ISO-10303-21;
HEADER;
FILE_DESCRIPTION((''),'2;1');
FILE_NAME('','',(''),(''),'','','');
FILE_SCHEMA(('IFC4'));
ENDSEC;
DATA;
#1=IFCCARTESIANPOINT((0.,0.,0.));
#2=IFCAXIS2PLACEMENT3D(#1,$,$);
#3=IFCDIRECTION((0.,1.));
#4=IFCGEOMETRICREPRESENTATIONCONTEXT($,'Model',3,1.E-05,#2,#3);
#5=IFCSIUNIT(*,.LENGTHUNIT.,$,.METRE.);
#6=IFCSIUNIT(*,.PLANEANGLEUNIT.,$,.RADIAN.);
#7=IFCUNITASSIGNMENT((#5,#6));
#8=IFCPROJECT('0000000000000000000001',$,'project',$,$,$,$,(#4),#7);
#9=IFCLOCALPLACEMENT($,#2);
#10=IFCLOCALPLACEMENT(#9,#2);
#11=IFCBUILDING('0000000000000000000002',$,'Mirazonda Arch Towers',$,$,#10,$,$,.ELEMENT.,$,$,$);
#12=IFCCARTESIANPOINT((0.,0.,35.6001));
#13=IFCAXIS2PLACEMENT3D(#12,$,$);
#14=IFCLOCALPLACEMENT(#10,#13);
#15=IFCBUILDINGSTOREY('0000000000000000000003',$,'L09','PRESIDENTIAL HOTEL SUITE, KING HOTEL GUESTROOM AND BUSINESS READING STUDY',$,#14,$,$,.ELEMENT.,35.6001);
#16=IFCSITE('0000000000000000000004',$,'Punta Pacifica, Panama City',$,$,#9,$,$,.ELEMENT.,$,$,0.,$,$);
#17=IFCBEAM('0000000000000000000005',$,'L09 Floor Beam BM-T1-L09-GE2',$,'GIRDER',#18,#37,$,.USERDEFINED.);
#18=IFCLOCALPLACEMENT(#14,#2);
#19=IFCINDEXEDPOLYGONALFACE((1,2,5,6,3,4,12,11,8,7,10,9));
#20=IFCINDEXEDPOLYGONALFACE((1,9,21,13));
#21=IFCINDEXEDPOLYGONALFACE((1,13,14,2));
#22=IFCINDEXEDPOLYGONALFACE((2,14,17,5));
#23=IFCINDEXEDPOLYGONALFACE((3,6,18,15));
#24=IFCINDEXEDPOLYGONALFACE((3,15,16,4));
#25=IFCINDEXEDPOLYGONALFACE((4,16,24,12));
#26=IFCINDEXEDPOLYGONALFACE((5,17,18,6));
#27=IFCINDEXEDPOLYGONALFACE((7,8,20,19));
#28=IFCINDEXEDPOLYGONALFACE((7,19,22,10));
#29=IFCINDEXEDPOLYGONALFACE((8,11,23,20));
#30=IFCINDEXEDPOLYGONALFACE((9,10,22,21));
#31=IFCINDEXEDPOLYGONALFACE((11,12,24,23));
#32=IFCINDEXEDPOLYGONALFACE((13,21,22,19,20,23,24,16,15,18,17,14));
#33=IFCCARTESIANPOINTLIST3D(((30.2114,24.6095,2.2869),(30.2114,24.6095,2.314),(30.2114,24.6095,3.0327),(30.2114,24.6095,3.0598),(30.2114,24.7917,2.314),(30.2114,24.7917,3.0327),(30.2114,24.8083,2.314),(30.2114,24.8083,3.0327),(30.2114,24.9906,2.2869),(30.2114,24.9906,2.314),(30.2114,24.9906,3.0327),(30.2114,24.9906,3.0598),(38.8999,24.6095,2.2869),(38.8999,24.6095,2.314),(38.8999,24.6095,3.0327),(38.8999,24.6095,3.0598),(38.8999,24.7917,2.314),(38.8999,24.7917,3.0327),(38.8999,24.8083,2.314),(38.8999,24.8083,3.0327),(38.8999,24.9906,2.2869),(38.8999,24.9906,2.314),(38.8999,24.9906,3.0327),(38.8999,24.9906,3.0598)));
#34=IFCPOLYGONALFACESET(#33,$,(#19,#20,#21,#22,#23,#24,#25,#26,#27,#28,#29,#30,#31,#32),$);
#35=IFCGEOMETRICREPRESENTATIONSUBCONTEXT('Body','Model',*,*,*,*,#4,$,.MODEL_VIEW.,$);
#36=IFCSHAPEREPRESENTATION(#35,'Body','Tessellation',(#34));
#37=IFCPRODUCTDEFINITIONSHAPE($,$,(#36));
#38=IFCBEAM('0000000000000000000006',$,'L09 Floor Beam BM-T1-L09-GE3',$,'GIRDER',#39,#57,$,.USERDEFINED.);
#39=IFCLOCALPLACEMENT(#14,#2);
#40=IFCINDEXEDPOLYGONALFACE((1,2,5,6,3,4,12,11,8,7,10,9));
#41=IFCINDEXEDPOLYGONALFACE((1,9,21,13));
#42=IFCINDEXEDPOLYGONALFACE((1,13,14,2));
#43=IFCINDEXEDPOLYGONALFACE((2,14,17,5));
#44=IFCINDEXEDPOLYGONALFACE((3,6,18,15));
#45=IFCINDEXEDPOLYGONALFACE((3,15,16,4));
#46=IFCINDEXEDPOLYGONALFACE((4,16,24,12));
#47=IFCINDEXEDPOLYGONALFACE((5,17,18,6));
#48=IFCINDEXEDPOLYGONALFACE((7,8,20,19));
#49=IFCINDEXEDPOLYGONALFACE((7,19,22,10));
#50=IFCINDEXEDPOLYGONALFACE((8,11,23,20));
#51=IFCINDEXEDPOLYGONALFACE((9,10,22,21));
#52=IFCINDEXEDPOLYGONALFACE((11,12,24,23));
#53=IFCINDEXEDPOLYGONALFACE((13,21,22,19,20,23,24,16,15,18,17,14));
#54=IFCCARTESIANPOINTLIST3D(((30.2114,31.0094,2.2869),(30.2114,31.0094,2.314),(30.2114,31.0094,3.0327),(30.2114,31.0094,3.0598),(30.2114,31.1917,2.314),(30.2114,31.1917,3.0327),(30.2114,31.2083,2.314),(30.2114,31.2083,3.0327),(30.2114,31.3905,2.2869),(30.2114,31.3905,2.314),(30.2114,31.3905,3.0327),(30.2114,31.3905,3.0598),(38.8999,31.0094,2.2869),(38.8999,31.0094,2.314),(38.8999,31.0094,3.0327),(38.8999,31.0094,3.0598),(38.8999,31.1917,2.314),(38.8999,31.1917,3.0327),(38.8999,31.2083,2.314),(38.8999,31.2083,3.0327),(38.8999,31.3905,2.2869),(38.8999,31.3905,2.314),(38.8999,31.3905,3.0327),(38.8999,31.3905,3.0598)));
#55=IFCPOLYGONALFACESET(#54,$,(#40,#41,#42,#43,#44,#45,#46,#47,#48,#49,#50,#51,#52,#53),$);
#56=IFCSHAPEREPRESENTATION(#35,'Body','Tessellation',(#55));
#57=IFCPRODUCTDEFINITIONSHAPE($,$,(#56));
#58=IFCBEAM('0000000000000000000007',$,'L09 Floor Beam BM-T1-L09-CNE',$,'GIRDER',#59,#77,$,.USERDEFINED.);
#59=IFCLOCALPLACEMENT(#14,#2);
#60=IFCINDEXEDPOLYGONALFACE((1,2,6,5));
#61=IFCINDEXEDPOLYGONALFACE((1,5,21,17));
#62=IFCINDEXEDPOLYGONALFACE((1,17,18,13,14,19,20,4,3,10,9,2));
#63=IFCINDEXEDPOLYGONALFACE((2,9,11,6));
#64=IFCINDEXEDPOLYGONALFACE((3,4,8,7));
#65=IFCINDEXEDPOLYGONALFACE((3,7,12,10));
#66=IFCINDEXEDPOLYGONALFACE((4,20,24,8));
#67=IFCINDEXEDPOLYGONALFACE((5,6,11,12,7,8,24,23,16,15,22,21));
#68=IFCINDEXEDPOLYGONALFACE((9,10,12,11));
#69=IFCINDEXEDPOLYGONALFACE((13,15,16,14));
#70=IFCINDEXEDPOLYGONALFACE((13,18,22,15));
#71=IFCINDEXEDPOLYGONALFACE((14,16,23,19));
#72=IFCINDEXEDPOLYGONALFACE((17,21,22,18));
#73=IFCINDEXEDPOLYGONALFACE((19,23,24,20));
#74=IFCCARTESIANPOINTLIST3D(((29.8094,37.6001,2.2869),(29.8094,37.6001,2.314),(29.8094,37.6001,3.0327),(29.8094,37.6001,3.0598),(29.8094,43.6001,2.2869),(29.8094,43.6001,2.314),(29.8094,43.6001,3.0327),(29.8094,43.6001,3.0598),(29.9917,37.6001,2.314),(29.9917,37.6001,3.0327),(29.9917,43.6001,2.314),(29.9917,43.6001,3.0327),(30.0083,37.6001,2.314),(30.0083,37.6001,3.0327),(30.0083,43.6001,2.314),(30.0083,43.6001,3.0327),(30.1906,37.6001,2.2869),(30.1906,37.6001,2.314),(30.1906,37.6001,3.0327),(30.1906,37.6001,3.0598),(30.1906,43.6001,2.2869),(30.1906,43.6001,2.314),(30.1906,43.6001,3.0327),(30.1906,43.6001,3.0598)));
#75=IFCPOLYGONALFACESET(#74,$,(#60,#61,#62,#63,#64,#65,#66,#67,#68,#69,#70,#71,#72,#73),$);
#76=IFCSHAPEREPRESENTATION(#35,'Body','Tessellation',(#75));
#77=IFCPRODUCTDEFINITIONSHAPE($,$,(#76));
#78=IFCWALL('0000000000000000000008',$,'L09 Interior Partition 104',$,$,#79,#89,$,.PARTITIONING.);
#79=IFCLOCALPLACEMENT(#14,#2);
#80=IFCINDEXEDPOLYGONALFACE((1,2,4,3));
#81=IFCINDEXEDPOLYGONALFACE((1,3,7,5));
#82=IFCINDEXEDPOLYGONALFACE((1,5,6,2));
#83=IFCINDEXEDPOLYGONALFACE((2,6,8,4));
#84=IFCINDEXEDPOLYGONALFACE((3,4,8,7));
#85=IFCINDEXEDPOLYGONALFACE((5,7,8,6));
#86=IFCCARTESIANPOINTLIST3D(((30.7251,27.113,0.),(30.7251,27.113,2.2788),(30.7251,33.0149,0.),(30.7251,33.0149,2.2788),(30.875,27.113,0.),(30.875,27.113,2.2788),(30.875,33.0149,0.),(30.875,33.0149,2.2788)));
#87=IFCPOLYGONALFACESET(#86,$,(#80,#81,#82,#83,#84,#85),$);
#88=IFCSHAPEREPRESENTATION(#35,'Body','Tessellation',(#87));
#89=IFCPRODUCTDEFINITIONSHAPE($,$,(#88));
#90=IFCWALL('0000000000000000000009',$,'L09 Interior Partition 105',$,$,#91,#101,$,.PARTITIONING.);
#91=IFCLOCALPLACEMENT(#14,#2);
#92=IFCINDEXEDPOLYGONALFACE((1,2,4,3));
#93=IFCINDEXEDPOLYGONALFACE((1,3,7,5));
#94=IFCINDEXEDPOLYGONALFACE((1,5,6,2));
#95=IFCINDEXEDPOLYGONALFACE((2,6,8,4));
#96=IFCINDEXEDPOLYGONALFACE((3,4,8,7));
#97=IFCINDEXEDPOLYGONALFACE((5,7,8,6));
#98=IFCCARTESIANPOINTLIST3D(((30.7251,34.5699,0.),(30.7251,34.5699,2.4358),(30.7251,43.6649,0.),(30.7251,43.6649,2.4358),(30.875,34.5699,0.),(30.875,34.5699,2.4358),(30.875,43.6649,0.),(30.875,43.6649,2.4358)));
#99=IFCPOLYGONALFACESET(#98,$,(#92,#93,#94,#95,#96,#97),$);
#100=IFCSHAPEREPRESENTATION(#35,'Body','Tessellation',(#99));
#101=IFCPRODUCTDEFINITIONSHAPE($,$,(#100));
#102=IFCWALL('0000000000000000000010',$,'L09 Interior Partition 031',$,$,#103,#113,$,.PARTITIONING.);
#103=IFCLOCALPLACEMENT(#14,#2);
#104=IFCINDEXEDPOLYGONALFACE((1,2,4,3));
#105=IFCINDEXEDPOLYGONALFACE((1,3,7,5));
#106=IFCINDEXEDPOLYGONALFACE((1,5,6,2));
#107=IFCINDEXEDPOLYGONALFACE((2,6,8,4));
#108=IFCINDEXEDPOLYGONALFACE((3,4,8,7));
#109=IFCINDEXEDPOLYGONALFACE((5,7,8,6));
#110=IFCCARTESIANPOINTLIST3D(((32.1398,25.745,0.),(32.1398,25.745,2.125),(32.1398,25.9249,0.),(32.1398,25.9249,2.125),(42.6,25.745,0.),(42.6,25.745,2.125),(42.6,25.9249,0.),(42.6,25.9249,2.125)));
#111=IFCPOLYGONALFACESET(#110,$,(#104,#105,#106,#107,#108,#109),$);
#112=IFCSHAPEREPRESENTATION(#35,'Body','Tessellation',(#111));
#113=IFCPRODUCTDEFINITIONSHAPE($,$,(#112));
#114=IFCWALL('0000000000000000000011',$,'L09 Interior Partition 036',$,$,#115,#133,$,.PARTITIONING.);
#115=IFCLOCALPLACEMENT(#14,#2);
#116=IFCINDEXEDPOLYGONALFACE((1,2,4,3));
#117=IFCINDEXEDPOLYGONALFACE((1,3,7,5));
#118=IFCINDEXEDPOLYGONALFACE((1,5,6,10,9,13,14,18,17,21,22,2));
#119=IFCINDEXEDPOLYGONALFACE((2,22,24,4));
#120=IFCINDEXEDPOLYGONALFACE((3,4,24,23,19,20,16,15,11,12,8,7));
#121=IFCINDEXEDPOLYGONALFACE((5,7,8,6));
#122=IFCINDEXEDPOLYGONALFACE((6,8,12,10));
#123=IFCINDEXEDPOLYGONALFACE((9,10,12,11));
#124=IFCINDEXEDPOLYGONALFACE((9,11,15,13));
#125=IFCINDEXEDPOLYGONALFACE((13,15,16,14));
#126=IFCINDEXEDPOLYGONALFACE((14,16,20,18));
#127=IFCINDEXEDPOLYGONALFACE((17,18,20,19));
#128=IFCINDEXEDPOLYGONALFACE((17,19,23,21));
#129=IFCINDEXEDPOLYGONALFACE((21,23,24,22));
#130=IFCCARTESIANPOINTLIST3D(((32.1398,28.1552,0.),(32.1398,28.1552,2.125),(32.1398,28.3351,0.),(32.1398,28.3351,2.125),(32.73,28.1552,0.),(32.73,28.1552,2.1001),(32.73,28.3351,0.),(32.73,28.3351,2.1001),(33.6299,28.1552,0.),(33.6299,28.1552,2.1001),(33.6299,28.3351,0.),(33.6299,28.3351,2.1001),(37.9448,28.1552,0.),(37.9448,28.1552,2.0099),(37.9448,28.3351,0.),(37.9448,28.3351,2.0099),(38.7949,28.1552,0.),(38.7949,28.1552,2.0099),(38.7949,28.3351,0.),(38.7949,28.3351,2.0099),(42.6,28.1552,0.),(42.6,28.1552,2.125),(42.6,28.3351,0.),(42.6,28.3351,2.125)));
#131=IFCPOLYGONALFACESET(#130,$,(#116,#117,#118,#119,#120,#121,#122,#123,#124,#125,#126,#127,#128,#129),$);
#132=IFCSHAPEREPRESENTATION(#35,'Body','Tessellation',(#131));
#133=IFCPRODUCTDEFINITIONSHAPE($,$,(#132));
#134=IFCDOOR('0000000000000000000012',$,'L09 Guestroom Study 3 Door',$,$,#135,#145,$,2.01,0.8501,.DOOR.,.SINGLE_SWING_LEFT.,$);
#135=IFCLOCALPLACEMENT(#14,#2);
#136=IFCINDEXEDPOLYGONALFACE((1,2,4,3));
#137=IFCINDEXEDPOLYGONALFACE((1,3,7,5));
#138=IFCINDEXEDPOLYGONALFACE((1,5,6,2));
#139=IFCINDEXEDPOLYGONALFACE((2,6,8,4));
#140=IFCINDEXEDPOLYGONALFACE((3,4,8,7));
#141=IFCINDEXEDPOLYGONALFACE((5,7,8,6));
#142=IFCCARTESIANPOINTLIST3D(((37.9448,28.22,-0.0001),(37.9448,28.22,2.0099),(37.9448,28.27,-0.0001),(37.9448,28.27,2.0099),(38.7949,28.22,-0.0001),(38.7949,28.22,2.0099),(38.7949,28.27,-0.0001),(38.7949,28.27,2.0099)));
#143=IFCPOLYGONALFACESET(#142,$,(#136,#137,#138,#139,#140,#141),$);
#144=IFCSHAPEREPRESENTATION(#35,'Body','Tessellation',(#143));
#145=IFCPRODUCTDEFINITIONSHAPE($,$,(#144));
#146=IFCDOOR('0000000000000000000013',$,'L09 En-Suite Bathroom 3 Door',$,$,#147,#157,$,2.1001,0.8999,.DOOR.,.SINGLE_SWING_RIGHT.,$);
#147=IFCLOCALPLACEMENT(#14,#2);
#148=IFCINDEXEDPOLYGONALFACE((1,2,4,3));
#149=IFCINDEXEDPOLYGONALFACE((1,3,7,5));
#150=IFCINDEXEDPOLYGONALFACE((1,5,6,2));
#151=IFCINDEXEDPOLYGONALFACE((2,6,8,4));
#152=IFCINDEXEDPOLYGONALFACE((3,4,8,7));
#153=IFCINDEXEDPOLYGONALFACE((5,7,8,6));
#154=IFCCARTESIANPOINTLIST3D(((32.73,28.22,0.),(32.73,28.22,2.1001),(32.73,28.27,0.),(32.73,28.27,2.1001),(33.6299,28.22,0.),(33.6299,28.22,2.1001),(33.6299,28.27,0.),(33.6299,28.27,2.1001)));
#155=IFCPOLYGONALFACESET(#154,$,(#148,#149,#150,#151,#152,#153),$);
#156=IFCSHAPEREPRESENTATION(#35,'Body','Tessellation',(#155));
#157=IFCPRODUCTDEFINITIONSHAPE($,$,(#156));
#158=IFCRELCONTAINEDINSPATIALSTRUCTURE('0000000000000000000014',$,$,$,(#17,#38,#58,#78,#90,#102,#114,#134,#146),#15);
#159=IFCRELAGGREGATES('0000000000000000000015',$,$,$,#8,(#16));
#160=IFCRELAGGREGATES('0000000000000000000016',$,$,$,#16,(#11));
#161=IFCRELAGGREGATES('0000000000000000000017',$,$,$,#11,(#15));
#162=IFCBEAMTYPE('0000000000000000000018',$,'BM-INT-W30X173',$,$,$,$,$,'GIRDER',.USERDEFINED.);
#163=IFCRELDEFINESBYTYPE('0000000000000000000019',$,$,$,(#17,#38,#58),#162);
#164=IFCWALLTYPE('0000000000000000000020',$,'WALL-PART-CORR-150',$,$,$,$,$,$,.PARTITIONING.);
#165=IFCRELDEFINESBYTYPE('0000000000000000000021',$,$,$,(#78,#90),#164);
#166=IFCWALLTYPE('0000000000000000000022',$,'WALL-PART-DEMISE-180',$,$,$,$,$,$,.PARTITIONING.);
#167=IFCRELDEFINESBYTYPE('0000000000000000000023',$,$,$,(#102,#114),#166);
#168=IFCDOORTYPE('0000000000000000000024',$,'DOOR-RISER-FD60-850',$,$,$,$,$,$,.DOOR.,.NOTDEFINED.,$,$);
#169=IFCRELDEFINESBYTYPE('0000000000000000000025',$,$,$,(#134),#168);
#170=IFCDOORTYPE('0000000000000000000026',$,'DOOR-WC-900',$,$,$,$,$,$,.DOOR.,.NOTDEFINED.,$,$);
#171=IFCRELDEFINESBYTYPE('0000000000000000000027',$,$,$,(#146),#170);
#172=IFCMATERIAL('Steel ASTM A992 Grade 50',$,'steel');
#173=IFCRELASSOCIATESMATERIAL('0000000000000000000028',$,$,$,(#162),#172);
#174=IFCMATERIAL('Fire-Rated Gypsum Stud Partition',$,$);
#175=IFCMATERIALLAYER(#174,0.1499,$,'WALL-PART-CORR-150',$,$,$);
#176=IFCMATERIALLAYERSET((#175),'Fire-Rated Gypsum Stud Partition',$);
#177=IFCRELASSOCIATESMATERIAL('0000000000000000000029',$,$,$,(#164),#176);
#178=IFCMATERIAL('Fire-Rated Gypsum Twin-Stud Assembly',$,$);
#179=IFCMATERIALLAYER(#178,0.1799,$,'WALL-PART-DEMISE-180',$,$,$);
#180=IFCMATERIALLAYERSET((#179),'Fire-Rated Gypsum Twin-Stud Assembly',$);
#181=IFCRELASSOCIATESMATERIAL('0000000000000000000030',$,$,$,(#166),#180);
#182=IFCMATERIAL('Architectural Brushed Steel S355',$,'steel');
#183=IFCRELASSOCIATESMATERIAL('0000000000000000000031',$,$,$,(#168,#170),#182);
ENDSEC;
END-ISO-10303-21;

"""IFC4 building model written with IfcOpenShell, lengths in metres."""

from ifc_helpers import new_model, si_unit, direction, frame, frame_2d, origin, origin_2d, place, context, subcontext, project, spatial, rectangle, i_section, extrude, material, layer, layer_set, material_profile, profile_set, type_object, element, fill, save


model = new_model("IFC4")

# Units and contexts
model_context = context("Model", 3, precision=1e-05, world=origin(), true_north=direction((0.0, 1.0)))
body_context = subcontext(model_context, "Body", "Model", "MODEL_VIEW")
ifc_project = project(units=[si_unit("LENGTHUNIT", "METRE"), si_unit("PLANEANGLEUNIT", "RADIAN")], contexts=[model_context])

# Site, building, storey
site_placement = place(None, origin())
site = spatial("IfcSite", under=ifc_project, at=site_placement, Name="Punta Pacifica, Panama City", CompositionType="ELEMENT", RefElevation=0.0)
building_placement = place(site_placement, origin())
building = spatial("IfcBuilding", under=site, at=building_placement, Name="Mirazonda Arch Towers", CompositionType="ELEMENT")
storey_placement = place(building_placement, frame((0.0, 0.0, 35.6001)))
storey = spatial("IfcBuildingStorey", under=building, at=storey_placement, Name="L09", Description="PRESIDENTIAL HOTEL SUITE, KING HOTEL GUESTROOM AND BUSINESS READING STUDY", CompositionType="ELEMENT", Elevation=35.6001)

# Beams
ifc_material_1 = material(Name="Steel ASTM A992 Grade 50", Category="steel")
ifc_material_profile = material_profile(ifc_material_1, i_section(OverallWidth=0.3811, OverallDepth=0.7729, WebThickness=0.0166, FlangeThickness=0.0271, at=origin_2d()), Name="W30X173")
ifc_profile_set = profile_set([ifc_material_profile], Name="Steel ASTM A992 Grade 50")
beam_type = type_object("IfcBeamType", Name="BM-INT-W30X173", ElementType="GIRDER", PredefinedType="USERDEFINED", material=ifc_profile_set)
for number, where, z_axis, x_axis, name in (
    (1, (30.2114, 24.8, 2.6733), (1.0, 0.0, 0.0), (0.0, 1.0, 0.0), "L09 Floor Beam BM-T1-L09-GE2"),
    (2, (30.2114, 31.2, 2.6733), (1.0, 0.0, 0.0), (0.0, 1.0, 0.0), "L09 Floor Beam BM-T1-L09-GE3"),
):
    element("IfcBeam", number, at=place(storey_placement, frame(where, z_axis=z_axis, x_axis=x_axis)), inside=storey, type_object=beam_type, Name=name, ObjectType="GIRDER", PredefinedType="USERDEFINED", context=body_context, shape_type="SweptSolid", body=[
        extrude(i_section(OverallWidth=0.3811, OverallDepth=0.7729, WebThickness=0.0166, FlangeThickness=0.0271, at=origin_2d()), origin(), (0.0, 0.0, 1.0), 8.6885),
    ])
beam_placement = place(storey_placement, frame((30.0, 37.6001, 2.6733), z_axis=(0.0, 1.0, 0.0), x_axis=(-1.0, 0.0, 0.0)))
element("IfcBeam", 3, at=beam_placement, inside=storey, type_object=beam_type, Name="L09 Floor Beam BM-T1-L09-CNE", ObjectType="GIRDER", PredefinedType="USERDEFINED", context=body_context, shape_type="SweptSolid", body=[
    extrude(i_section(OverallWidth=0.3811, OverallDepth=0.7729, WebThickness=0.0166, FlangeThickness=0.0271, at=origin_2d()), origin(), (0.0, 0.0, 1.0), 6.0),
])

# Walls
ifc_material_2 = material(Name="Fire-Rated Gypsum Stud Partition")
ifc_layer_1 = layer(ifc_material_2, 0.1499, Name="WALL-PART-CORR-150")
ifc_layer_set_1 = layer_set([ifc_layer_1], Name="Fire-Rated Gypsum Stud Partition")
wall_type_1 = type_object("IfcWallType", Name="WALL-PART-CORR-150", PredefinedType="PARTITIONING", material=ifc_layer_set_1)
wall_1_placement = place(storey_placement, frame((30.8, 27.113, 0.0), z_axis=(0.0, 0.0, 1.0), x_axis=(0.0, 1.0, 0.0)))
element("IfcWall", 4, at=wall_1_placement, inside=storey, type_object=wall_type_1, Name="L09 Interior Partition 104", PredefinedType="PARTITIONING", context=body_context, shape_type="SweptSolid", body=[
    extrude(rectangle(XDim=5.9019, YDim=0.1499, at=frame_2d((2.9509, 0.0))), origin(), (0.0, 0.0, 1.0), 2.2788),
])
wall_2_placement = place(storey_placement, frame((30.8, 34.5701, 0.0), z_axis=(0.0, 0.0, 1.0), x_axis=(0.0, 1.0, 0.0)))
element("IfcWall", 5, at=wall_2_placement, inside=storey, type_object=wall_type_1, Name="L09 Interior Partition 105", PredefinedType="PARTITIONING", context=body_context, shape_type="SweptSolid", body=[
    extrude(rectangle(XDim=9.095, YDim=0.1499, at=frame_2d((4.5474, 0.0))), origin(), (0.0, 0.0, 1.0), 2.4358),
])
ifc_material_3 = material(Name="Fire-Rated Gypsum Twin-Stud Assembly")
ifc_layer_2 = layer(ifc_material_3, 0.1799, Name="WALL-PART-DEMISE-180")
ifc_layer_set_2 = layer_set([ifc_layer_2], Name="Fire-Rated Gypsum Twin-Stud Assembly")
wall_type_2 = type_object("IfcWallType", Name="WALL-PART-DEMISE-180", PredefinedType="PARTITIONING", material=ifc_layer_set_2)
wall_3_placement = place(storey_placement, frame((32.1399, 25.835, 0.0), z_axis=(0.0, 0.0, 1.0), x_axis=(1.0, 0.0, 0.0)))
element("IfcWall", 6, at=wall_3_placement, inside=storey, type_object=wall_type_2, Name="L09 Interior Partition 031", PredefinedType="PARTITIONING", context=body_context, shape_type="SweptSolid", body=[
    extrude(rectangle(XDim=10.4602, YDim=0.1799, at=frame_2d((5.23, 0.0))), origin(), (0.0, 0.0, 1.0), 2.125),
])

# Wall, openings, doors
wall_4_placement = place(storey_placement, frame((32.1399, 28.2451, 0.0), z_axis=(0.0, 0.0, 1.0), x_axis=(1.0, 0.0, 0.0)))
wall_4 = element("IfcWall", 7, at=wall_4_placement, inside=storey, type_object=wall_type_2, Name="L09 Interior Partition 036", PredefinedType="PARTITIONING", context=body_context, shape_type="SweptSolid", body=[
    extrude(rectangle(XDim=10.4602, YDim=0.1799, at=frame_2d((5.23, 0.0))), origin(), (0.0, 0.0, 1.0), 2.125),
])
opening_1_placement = place(wall_4_placement, frame((5.8049, 0.0, 0.0)))
opening_1 = element("IfcOpeningElement", 8, at=opening_1_placement, cuts=wall_4, PredefinedType="OPENING", context=body_context, shape_type="SweptSolid", body=[
    extrude(rectangle(XDim=0.8501, YDim=2.01, at=frame_2d((0.425, 1.0049))), frame((0.0, 0.0999, 0.0), z_axis=(0.0, -1.0, 0.0), x_axis=(1.0, 0.0, 0.0)), (0.0, 0.0, 1.0), 0.2),
])
opening_2_placement = place(wall_4_placement, frame((0.5901, 0.0, 0.0)))
opening_2 = element("IfcOpeningElement", 9, at=opening_2_placement, cuts=wall_4, PredefinedType="OPENING", context=body_context, shape_type="SweptSolid", body=[
    extrude(rectangle(XDim=0.8999, YDim=2.1001, at=frame_2d((0.45, 1.05))), frame((0.0, 0.0999, 0.0), z_axis=(0.0, -1.0, 0.0), x_axis=(1.0, 0.0, 0.0)), (0.0, 0.0, 1.0), 0.2),
])
ifc_material_4 = material(Name="Architectural Brushed Steel S355", Category="steel")
door_type_1 = type_object("IfcDoorType", Name="DOOR-RISER-FD60-850", OperationType="NOTDEFINED", PredefinedType="DOOR", material=ifc_material_4)
door_1_placement = place(opening_1_placement, origin())
door_1 = element("IfcDoor", 10, at=door_1_placement, inside=storey, type_object=door_type_1, Name="L09 Guestroom Study 3 Door", OperationType="SINGLE_SWING_LEFT", OverallHeight=2.01, OverallWidth=0.8501, PredefinedType="DOOR", context=body_context, shape_type="SweptSolid", body=[
    extrude(rectangle(XDim=0.8501, YDim=2.01, at=frame_2d((0.425, 1.0049))), frame((0.0, 0.0249, 0.0), z_axis=(0.0, -1.0, 0.0), x_axis=(1.0, 0.0, 0.0)), (0.0, 0.0, 1.0), 0.05),
])
fill(opening_1, door_1)
door_type_2 = type_object("IfcDoorType", Name="DOOR-WC-900", OperationType="NOTDEFINED", PredefinedType="DOOR", material=ifc_material_4)
door_2_placement = place(opening_2_placement, origin())
door_2 = element("IfcDoor", 11, at=door_2_placement, inside=storey, type_object=door_type_2, Name="L09 En-Suite Bathroom 3 Door", OperationType="SINGLE_SWING_RIGHT", OverallHeight=2.1001, OverallWidth=0.8999, PredefinedType="DOOR", context=body_context, shape_type="SweptSolid", body=[
    extrude(rectangle(XDim=0.8999, YDim=2.1001, at=frame_2d((0.45, 1.05))), frame((0.0, 0.0249, 0.0), z_axis=(0.0, -1.0, 0.0), x_axis=(1.0, 0.0, 0.0)), (0.0, 0.0, 1.0), 0.05),
])
fill(opening_2, door_2)

save(model, "model.ifc")
